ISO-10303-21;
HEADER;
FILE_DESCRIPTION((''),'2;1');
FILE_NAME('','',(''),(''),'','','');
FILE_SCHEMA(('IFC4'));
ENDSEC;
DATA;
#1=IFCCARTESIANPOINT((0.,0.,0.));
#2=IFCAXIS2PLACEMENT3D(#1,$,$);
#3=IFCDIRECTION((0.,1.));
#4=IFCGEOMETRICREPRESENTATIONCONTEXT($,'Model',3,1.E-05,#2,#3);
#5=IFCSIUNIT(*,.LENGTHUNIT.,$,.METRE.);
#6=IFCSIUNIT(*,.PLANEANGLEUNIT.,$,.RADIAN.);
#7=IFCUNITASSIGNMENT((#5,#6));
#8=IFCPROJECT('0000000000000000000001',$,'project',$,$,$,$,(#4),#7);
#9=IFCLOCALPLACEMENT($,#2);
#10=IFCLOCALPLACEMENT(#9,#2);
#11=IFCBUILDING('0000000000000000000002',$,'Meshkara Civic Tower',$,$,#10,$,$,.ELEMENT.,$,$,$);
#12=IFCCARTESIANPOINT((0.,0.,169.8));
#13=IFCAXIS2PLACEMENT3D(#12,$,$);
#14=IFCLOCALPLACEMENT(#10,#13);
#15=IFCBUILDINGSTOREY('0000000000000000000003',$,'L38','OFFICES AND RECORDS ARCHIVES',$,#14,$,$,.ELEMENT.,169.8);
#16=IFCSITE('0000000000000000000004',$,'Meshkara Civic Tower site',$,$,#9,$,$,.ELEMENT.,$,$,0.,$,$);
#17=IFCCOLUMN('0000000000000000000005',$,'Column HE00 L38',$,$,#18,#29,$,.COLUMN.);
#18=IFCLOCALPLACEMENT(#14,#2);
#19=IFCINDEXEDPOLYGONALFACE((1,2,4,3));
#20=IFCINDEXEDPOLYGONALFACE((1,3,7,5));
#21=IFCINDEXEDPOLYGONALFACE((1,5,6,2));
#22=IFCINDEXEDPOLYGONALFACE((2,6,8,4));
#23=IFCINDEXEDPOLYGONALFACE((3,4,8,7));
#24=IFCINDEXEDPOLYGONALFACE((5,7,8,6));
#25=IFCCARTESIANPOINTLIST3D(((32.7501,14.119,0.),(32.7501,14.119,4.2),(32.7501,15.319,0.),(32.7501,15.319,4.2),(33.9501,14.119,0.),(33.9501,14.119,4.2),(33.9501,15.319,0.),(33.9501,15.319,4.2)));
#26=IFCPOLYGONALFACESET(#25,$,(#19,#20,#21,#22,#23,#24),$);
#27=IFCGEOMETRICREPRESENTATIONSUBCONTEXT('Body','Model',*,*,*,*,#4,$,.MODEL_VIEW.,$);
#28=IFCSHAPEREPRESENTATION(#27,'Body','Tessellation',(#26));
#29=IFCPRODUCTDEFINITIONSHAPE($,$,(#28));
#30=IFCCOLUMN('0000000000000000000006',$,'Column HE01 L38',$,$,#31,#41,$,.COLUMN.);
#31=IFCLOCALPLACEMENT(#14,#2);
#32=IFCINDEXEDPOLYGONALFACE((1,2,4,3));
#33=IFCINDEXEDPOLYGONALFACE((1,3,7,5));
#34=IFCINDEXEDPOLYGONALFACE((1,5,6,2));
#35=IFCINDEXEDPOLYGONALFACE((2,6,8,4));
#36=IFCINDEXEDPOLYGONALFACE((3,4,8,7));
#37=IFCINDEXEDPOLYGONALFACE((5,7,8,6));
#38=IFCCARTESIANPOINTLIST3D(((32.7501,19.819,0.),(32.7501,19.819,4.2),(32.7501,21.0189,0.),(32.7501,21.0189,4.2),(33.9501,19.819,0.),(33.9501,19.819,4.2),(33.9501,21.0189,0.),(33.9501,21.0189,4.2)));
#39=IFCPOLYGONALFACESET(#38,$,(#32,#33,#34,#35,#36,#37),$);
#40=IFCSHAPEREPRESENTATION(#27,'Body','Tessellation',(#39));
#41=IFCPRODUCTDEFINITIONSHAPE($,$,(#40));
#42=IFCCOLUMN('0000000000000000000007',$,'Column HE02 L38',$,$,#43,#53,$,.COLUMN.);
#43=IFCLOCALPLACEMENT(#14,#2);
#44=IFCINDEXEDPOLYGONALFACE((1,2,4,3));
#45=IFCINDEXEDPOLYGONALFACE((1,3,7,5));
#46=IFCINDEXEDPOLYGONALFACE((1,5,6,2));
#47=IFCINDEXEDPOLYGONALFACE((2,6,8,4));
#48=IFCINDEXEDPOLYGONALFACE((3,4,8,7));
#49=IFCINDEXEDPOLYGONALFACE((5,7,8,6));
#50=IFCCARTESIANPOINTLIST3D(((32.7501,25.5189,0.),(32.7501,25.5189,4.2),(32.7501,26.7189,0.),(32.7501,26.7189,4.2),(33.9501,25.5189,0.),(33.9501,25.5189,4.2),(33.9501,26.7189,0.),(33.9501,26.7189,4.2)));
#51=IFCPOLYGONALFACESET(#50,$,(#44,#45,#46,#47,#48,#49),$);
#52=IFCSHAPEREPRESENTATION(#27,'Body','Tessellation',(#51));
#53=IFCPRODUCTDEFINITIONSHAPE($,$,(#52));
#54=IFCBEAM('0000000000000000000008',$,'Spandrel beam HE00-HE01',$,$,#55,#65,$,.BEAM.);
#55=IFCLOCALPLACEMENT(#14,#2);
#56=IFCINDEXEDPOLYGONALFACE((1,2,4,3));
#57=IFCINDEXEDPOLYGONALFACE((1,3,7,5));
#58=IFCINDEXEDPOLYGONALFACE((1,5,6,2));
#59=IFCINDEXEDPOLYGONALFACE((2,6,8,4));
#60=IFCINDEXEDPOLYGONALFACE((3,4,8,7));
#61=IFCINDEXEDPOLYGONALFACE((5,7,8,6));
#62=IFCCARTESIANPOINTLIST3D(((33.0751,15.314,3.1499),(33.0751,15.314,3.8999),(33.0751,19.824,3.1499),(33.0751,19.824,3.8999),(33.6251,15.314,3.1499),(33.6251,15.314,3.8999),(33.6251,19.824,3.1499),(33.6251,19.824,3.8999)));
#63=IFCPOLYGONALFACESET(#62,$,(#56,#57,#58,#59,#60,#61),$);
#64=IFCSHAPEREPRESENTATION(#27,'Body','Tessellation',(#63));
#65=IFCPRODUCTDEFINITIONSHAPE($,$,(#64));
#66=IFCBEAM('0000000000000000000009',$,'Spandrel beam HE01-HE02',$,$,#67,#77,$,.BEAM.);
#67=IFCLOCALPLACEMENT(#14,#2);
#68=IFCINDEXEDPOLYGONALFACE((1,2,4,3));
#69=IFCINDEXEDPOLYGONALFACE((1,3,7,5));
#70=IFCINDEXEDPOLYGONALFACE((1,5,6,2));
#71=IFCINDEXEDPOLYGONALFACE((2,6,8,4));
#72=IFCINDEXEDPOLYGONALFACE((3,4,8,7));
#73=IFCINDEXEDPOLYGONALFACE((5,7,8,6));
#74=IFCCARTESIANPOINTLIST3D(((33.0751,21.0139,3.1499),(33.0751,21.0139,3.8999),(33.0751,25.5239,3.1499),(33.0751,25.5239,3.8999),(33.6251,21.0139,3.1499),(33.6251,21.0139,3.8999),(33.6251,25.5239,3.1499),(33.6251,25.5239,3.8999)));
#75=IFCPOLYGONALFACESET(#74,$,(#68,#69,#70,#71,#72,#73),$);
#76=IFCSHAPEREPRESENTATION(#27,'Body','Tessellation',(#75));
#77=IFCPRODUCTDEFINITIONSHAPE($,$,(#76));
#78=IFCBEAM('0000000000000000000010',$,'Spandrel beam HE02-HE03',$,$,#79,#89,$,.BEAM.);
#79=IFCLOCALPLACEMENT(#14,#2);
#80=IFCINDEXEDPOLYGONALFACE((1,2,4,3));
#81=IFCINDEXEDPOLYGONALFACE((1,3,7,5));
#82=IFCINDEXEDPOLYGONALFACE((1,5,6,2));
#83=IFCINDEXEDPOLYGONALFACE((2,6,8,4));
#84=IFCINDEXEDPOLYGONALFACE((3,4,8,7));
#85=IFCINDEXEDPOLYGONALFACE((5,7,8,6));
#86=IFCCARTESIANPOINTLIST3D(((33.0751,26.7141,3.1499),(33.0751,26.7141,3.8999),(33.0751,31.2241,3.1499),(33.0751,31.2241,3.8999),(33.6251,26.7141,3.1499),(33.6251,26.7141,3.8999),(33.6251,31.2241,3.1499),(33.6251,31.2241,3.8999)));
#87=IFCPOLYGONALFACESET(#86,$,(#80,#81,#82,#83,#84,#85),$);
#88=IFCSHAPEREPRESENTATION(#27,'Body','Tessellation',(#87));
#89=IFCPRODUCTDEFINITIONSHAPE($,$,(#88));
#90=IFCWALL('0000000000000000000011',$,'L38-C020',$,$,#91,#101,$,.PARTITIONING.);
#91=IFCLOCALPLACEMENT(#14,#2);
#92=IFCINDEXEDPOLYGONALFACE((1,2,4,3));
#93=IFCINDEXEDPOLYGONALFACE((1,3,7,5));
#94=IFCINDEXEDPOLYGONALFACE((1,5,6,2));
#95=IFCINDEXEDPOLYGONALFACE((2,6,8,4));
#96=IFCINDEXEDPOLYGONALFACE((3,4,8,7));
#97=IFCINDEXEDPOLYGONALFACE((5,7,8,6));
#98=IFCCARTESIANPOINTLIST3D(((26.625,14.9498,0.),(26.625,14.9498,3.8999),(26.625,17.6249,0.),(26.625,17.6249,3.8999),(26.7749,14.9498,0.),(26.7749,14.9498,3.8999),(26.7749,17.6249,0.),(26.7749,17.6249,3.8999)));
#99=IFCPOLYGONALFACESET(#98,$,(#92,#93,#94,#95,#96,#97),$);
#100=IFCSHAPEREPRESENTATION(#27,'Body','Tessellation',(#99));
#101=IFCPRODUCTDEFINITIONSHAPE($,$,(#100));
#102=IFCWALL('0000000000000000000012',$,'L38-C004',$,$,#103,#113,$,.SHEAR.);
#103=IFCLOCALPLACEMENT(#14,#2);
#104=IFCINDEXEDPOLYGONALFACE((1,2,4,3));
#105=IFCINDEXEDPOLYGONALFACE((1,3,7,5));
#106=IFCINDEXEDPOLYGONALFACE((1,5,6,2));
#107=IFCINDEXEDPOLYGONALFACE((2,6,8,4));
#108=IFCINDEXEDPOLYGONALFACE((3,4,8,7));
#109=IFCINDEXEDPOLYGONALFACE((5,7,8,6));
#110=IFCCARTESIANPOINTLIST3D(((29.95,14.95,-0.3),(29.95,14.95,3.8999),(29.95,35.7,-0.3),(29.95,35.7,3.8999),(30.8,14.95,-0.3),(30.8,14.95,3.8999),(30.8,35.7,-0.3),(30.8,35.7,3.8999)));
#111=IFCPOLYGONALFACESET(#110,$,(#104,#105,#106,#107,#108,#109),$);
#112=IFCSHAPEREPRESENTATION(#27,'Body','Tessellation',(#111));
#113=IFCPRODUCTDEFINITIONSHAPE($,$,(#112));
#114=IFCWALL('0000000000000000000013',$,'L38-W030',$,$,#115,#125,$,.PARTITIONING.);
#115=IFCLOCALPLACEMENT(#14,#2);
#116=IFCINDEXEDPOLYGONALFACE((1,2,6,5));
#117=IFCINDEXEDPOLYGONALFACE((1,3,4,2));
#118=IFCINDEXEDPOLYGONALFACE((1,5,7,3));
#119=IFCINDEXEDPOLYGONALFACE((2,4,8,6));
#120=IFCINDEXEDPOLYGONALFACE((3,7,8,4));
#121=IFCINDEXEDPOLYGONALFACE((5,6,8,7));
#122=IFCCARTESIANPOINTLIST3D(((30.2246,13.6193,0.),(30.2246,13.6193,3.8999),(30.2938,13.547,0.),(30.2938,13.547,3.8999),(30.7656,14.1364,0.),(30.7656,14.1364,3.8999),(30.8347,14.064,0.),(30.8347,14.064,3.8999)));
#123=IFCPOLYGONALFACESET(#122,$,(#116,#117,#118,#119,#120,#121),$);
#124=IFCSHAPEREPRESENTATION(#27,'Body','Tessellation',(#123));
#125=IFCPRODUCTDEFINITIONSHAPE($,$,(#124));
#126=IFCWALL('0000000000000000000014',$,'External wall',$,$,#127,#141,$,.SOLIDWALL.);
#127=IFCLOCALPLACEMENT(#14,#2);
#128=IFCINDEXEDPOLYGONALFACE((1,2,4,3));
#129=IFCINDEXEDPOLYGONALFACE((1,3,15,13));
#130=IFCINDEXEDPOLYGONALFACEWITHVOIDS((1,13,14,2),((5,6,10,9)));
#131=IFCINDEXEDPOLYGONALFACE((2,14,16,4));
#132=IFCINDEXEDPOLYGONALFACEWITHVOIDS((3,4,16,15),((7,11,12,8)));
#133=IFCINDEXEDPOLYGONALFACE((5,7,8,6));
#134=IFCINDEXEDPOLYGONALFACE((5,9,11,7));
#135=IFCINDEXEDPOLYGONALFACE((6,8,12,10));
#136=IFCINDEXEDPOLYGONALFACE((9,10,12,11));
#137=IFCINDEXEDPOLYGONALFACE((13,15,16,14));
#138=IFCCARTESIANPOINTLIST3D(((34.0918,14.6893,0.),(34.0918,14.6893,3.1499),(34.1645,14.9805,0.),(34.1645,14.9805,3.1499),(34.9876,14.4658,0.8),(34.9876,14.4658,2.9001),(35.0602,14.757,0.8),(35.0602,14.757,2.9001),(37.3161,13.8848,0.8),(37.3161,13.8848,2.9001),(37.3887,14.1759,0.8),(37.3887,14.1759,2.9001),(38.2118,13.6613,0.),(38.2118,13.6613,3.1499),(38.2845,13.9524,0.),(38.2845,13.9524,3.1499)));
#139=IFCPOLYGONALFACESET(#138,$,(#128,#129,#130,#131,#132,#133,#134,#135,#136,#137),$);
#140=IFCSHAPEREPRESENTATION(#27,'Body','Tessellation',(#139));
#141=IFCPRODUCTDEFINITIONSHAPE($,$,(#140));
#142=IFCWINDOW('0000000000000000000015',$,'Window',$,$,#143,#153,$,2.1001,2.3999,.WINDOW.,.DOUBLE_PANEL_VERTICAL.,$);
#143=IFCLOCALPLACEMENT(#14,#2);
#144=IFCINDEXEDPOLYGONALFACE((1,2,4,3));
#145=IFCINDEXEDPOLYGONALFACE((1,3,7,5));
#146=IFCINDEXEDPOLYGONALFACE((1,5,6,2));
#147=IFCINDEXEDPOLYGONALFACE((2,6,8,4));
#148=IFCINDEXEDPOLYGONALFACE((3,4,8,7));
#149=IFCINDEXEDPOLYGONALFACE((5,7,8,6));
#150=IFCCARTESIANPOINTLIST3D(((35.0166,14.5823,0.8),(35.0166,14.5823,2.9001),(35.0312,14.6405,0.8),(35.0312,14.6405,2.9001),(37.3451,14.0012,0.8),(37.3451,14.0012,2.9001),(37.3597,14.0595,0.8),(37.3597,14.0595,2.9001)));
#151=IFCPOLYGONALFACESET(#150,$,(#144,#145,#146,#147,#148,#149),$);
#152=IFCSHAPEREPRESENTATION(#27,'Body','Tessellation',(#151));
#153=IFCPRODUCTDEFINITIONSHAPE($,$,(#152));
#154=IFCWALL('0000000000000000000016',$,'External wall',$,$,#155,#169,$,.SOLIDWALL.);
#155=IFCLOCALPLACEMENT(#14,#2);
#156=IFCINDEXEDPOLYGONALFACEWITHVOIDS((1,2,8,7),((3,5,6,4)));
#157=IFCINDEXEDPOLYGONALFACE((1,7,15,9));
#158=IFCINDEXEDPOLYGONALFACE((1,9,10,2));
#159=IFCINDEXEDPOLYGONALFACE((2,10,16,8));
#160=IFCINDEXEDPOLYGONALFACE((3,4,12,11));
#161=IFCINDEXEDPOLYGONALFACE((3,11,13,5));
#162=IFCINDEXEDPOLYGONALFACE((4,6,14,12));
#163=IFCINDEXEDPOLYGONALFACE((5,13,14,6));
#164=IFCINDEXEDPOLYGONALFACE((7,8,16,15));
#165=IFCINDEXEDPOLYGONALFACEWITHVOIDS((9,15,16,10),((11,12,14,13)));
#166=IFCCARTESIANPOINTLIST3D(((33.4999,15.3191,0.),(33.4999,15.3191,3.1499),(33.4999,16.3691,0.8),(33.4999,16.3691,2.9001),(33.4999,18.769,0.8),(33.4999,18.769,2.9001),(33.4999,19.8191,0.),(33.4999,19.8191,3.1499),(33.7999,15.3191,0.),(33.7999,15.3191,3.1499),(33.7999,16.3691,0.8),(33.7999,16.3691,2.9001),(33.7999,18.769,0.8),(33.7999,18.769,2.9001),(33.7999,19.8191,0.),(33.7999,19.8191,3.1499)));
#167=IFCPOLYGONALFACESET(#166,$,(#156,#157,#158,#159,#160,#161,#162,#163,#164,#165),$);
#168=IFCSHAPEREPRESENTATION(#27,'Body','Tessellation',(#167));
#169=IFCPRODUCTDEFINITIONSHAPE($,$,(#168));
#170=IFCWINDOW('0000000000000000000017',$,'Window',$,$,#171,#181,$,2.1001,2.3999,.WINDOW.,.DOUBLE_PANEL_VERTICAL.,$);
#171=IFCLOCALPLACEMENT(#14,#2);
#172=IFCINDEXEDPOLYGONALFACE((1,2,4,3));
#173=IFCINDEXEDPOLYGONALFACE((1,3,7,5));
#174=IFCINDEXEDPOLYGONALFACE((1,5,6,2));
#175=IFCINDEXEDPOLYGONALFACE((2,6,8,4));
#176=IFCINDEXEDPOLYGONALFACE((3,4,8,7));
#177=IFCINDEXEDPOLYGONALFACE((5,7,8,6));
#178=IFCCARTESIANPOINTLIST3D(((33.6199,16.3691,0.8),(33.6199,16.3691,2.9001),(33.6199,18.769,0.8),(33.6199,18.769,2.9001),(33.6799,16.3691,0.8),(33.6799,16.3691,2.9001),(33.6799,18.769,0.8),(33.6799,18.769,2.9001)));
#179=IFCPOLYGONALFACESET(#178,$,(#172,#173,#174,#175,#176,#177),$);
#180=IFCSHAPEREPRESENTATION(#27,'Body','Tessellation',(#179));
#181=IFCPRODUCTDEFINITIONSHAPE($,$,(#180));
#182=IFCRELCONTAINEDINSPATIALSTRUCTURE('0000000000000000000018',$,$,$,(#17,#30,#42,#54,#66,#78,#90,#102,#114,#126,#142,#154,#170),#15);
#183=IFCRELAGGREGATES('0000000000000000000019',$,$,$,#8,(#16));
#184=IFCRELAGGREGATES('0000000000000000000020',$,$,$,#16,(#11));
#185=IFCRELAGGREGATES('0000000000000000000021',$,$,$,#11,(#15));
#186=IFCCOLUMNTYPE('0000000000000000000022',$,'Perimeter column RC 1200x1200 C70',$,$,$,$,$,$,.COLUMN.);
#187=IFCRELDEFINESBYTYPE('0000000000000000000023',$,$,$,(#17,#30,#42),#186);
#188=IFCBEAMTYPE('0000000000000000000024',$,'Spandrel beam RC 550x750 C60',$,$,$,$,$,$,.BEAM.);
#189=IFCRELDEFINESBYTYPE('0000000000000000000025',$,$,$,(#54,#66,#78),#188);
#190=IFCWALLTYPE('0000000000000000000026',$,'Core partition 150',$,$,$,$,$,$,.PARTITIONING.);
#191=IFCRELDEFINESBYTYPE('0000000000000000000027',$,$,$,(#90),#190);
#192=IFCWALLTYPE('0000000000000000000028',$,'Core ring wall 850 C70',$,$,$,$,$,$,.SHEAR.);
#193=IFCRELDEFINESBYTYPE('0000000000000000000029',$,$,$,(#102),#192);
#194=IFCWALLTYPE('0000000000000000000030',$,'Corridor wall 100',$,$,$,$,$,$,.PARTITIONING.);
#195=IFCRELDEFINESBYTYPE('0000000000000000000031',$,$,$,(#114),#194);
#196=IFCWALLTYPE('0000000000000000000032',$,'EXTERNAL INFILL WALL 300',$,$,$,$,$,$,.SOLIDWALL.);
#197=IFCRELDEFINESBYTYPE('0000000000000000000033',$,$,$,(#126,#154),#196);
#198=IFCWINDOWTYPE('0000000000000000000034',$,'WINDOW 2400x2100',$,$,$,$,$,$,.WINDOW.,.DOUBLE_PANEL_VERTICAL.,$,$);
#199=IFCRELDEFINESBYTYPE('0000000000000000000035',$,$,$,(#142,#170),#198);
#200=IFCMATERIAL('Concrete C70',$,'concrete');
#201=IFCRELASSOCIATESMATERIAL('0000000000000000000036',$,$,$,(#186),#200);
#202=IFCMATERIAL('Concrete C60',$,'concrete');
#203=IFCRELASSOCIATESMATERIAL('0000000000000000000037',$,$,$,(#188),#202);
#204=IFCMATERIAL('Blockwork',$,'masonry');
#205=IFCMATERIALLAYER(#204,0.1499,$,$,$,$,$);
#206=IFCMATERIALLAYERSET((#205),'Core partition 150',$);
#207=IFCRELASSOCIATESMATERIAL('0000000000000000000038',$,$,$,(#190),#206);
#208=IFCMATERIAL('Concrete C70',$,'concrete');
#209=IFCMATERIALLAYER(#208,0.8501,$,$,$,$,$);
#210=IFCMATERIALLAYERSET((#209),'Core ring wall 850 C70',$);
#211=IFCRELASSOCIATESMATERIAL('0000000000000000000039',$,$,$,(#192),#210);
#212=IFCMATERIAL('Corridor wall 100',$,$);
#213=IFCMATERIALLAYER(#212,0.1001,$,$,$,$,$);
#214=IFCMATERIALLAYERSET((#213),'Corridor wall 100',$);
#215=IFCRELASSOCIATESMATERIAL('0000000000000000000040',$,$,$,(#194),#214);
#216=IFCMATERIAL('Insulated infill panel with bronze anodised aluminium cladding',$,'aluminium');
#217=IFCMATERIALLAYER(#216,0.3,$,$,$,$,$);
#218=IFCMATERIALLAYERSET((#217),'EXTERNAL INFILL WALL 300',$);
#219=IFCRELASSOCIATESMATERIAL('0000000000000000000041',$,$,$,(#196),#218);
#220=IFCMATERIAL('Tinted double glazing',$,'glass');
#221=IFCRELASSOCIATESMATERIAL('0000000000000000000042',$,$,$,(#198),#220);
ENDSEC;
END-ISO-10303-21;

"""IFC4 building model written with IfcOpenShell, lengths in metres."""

from ifc_helpers import new_model, si_unit, direction, frame, frame_2d, origin, origin_2d, place, context, subcontext, project, spatial, rectangle, extrude, material, layer, layer_set, material_profile, profile_set, type_object, element, fill, save


model = new_model("IFC4")

# Units and contexts
model_context = context("Model", 3, precision=1e-05, world=origin(), true_north=direction((0.0, 1.0)))
body_context = subcontext(model_context, "Body", "Model", "MODEL_VIEW")
ifc_project = project(units=[si_unit("LENGTHUNIT", "METRE"), si_unit("PLANEANGLEUNIT", "RADIAN")], contexts=[model_context])

# Site, building, storey
site_placement = place(None, origin())
site = spatial("IfcSite", under=ifc_project, at=site_placement, Name="Meshkara Civic Tower site", CompositionType="ELEMENT", RefElevation=0.0)
building_placement = place(site_placement, origin())
building = spatial("IfcBuilding", under=site, at=building_placement, Name="Meshkara Civic Tower", CompositionType="ELEMENT")
storey_placement = place(building_placement, frame((0.0, 0.0, 169.8)))
storey = spatial("IfcBuildingStorey", under=building, at=storey_placement, Name="L38", Description="OFFICES AND RECORDS ARCHIVES", CompositionType="ELEMENT", Elevation=169.8)

# Columns
ifc_material_1 = material(Name="Concrete C70", Category="concrete")
ifc_material_profile_1 = material_profile(ifc_material_1, rectangle(XDim=1.2, YDim=1.2, at=origin_2d()))
ifc_profile_set_1 = profile_set([ifc_material_profile_1], Name="Concrete C70")
column_type = type_object("IfcColumnType", Name="Perimeter column RC 1200x1200 C70", PredefinedType="COLUMN", material=ifc_profile_set_1)
for number, where, z_axis, x_axis, name in (
    (1, (33.3501, 14.719, 0.0), (0.0, 0.0, 1.0), (1.0, 0.0, 0.0), "Column HE00 L38"),
    (2, (33.3501, 20.4189, 0.0), (0.0, 0.0, 1.0), (1.0, 0.0, 0.0), "Column HE01 L38"),
    (3, (33.3501, 26.1189, 0.0), (0.0, 0.0, 1.0), (1.0, 0.0, 0.0), "Column HE02 L38"),
):
    element("IfcColumn", number, at=place(storey_placement, frame(where, z_axis=z_axis, x_axis=x_axis)), inside=storey, type_object=column_type, Name=name, PredefinedType="COLUMN", context=body_context, shape_type="SweptSolid", body=[
        extrude(rectangle(XDim=1.2, YDim=1.2, at=origin_2d()), origin(), (0.0, 0.0, 1.0), 4.2),
    ])

# Beams
ifc_material_2 = material(Name="Concrete C60", Category="concrete")
ifc_material_profile_2 = material_profile(ifc_material_2, rectangle(XDim=0.55, YDim=0.75, at=origin_2d()))
ifc_profile_set_2 = profile_set([ifc_material_profile_2], Name="Concrete C60")
beam_type = type_object("IfcBeamType", Name="Spandrel beam RC 550x750 C60", PredefinedType="BEAM", material=ifc_profile_set_2)
for number, where, z_axis, x_axis, name in (
    (4, (33.3501, 15.314, 3.5249), (0.0, 1.0, 0.0), (-1.0, 0.0, 0.0), "Spandrel beam HE00-HE01"),
    (5, (33.3501, 21.0139, 3.5249), (0.0, 1.0, 0.0), (-1.0, 0.0, 0.0), "Spandrel beam HE01-HE02"),
    (6, (33.3501, 26.7141, 3.5249), (0.0, 1.0, 0.0), (-1.0, 0.0, 0.0), "Spandrel beam HE02-HE03"),
):
    element("IfcBeam", number, at=place(storey_placement, frame(where, z_axis=z_axis, x_axis=x_axis)), inside=storey, type_object=beam_type, Name=name, PredefinedType="BEAM", context=body_context, shape_type="SweptSolid", body=[
        extrude(rectangle(XDim=0.55, YDim=0.75, at=origin_2d()), origin(), (0.0, 0.0, 1.0), 4.51),
    ])

# Walls
ifc_material_3 = material(Name="Blockwork", Category="masonry")
ifc_layer_1 = layer(ifc_material_3, 0.1499)
ifc_layer_set_1 = layer_set([ifc_layer_1], Name="Core partition 150")
wall_type_1 = type_object("IfcWallType", Name="Core partition 150", PredefinedType="PARTITIONING", material=ifc_layer_set_1)
wall_1_placement = place(storey_placement, frame((26.7, 14.95, 0.0), z_axis=(0.0, 0.0, 1.0), x_axis=(0.0, 1.0, 0.0)))
element("IfcWall", 7, at=wall_1_placement, inside=storey, type_object=wall_type_1, Name="L38-C020", PredefinedType="PARTITIONING", context=body_context, shape_type="SweptSolid", body=[
    extrude(rectangle(XDim=2.675, YDim=0.1499, at=frame_2d((1.3374, 0.0))), origin(), (0.0, 0.0, 1.0), 3.8999),
])
ifc_material_4 = material(Name="Concrete C70", Category="concrete")
ifc_layer_2 = layer(ifc_material_4, 0.8501)
ifc_layer_set_2 = layer_set([ifc_layer_2], Name="Core ring wall 850 C70")
wall_type_2 = type_object("IfcWallType", Name="Core ring wall 850 C70", PredefinedType="SHEAR", material=ifc_layer_set_2)
wall_2_placement = place(storey_placement, frame((30.375, 14.95, -0.3), z_axis=(0.0, 0.0, 1.0), x_axis=(0.0, 1.0, 0.0)))
element("IfcWall", 8, at=wall_2_placement, inside=storey, type_object=wall_type_2, Name="L38-C004", PredefinedType="SHEAR", context=body_context, shape_type="SweptSolid", body=[
    extrude(rectangle(XDim=20.75, YDim=0.8501, at=frame_2d((10.375, 0.0))), origin(), (0.0, 0.0, 1.0), 4.2),
])
ifc_material_5 = material(Name="Corridor wall 100")
ifc_layer_3 = layer(ifc_material_5, 0.1001)
ifc_layer_set_3 = layer_set([ifc_layer_3], Name="Corridor wall 100")
wall_type_3 = type_object("IfcWallType", Name="Corridor wall 100", PredefinedType="PARTITIONING", material=ifc_layer_set_3)
wall_3_placement = place(storey_placement, frame((30.8, 14.1001, 0.0), z_axis=(0.0, 0.0, 1.0), x_axis=(-0.722911, -0.690941, 0.0)))
element("IfcWall", 9, at=wall_3_placement, inside=storey, type_object=wall_type_3, Name="L38-W030", PredefinedType="PARTITIONING", context=body_context, shape_type="SweptSolid", body=[
    extrude(rectangle(XDim=0.7483, YDim=0.1001, at=frame_2d((0.374, 0.0))), origin(), (0.0, 0.0, 1.0), 3.8999),
])

# Walls, openings, windows
ifc_material_6 = material(Name="Insulated infill panel with bronze anodised aluminium cladding", Category="aluminium")
ifc_layer_4 = layer(ifc_material_6, 0.3)
ifc_layer_set_4 = layer_set([ifc_layer_4], Name="EXTERNAL INFILL WALL 300")
wall_type_4 = type_object("IfcWallType", Name="EXTERNAL INFILL WALL 300", PredefinedType="SOLIDWALL", material=ifc_layer_set_4)
wall_4_placement = place(storey_placement, frame((38.248, 13.8069, 0.0), z_axis=(0.0, 0.0, 1.0), x_axis=(-0.970251, 0.242103, 0.0)))
wall_4 = element("IfcWall", 10, at=wall_4_placement, inside=storey, type_object=wall_type_4, Name="External wall", PredefinedType="SOLIDWALL", context=body_context, shape_type="SweptSolid", body=[
    extrude(rectangle(XDim=4.2463, YDim=0.3, at=frame_2d((2.123, 0.0))), origin(), (0.0, 0.0, 1.0), 3.1499),
])
opening_1_placement = place(wall_4_placement, frame((0.9231, 0.0, 0.8)))
opening_1 = element("IfcOpeningElement", 11, at=opening_1_placement, cuts=wall_4, PredefinedType="OPENING", context=body_context, shape_type="SweptSolid", body=[
    extrude(rectangle(XDim=2.3999, YDim=2.1001, at=frame_2d((1.2, 1.05))), frame((0.0, 0.1599, 0.0), z_axis=(0.0, -1.0, 0.0), x_axis=(1.0, 0.0, 0.0)), (0.0, 0.0, 1.0), 0.3201),
])
ifc_material_7 = material(Name="Tinted double glazing", Category="glass")
window_type = type_object("IfcWindowType", Name="WINDOW 2400x2100", PartitioningType="DOUBLE_PANEL_VERTICAL", PredefinedType="WINDOW", material=ifc_material_7)
window_1_placement = place(opening_1_placement, origin())
window_1 = element("IfcWindow", 12, at=window_1_placement, inside=storey, type_object=window_type, Name="Window", OverallHeight=2.1001, OverallWidth=2.3999, PartitioningType="DOUBLE_PANEL_VERTICAL", PredefinedType="WINDOW", context=body_context, shape_type="SweptSolid", body=[
    extrude(rectangle(XDim=2.3999, YDim=2.1001, at=frame_2d((1.2, 1.05))), frame((0.0, 0.03, 0.0), z_axis=(0.0, -1.0, 0.0), x_axis=(1.0, 0.0, 0.0)), (0.0, 0.0, 1.0), 0.0601),
])
fill(opening_1, window_1)
wall_5_placement = place(storey_placement, frame((33.6499, 15.3191, 0.0), z_axis=(0.0, 0.0, 1.0), x_axis=(0.0, 1.0, 0.0)))
wall_5 = element("IfcWall", 13, at=wall_5_placement, inside=storey, type_object=wall_type_4, Name="External wall", PredefinedType="SOLIDWALL", context=body_context, shape_type="SweptSolid", body=[
    extrude(rectangle(XDim=4.5, YDim=0.3, at=frame_2d((2.25, 0.0))), origin(), (0.0, 0.0, 1.0), 3.1499),
])
opening_2_placement = place(wall_5_placement, frame((1.05, 0.0, 0.8)))
opening_2 = element("IfcOpeningElement", 14, at=opening_2_placement, cuts=wall_5, PredefinedType="OPENING", context=body_context, shape_type="SweptSolid", body=[
    extrude(rectangle(XDim=2.3999, YDim=2.1001, at=frame_2d((1.2, 1.05))), frame((0.0, 0.1599, 0.0), z_axis=(0.0, -1.0, 0.0), x_axis=(1.0, 0.0, 0.0)), (0.0, 0.0, 1.0), 0.3201),
])
window_2_placement = place(opening_2_placement, origin())
window_2 = element("IfcWindow", 15, at=window_2_placement, inside=storey, type_object=window_type, Name="Window", OverallHeight=2.1001, OverallWidth=2.3999, PartitioningType="DOUBLE_PANEL_VERTICAL", PredefinedType="WINDOW", context=body_context, shape_type="SweptSolid", body=[
    extrude(rectangle(XDim=2.3999, YDim=2.1001, at=frame_2d((1.2, 1.05))), frame((0.0, 0.03, 0.0), z_axis=(0.0, -1.0, 0.0), x_axis=(1.0, 0.0, 0.0)), (0.0, 0.0, 1.0), 0.0601),
])
fill(opening_2, window_2)

save(model, "model.ifc")
